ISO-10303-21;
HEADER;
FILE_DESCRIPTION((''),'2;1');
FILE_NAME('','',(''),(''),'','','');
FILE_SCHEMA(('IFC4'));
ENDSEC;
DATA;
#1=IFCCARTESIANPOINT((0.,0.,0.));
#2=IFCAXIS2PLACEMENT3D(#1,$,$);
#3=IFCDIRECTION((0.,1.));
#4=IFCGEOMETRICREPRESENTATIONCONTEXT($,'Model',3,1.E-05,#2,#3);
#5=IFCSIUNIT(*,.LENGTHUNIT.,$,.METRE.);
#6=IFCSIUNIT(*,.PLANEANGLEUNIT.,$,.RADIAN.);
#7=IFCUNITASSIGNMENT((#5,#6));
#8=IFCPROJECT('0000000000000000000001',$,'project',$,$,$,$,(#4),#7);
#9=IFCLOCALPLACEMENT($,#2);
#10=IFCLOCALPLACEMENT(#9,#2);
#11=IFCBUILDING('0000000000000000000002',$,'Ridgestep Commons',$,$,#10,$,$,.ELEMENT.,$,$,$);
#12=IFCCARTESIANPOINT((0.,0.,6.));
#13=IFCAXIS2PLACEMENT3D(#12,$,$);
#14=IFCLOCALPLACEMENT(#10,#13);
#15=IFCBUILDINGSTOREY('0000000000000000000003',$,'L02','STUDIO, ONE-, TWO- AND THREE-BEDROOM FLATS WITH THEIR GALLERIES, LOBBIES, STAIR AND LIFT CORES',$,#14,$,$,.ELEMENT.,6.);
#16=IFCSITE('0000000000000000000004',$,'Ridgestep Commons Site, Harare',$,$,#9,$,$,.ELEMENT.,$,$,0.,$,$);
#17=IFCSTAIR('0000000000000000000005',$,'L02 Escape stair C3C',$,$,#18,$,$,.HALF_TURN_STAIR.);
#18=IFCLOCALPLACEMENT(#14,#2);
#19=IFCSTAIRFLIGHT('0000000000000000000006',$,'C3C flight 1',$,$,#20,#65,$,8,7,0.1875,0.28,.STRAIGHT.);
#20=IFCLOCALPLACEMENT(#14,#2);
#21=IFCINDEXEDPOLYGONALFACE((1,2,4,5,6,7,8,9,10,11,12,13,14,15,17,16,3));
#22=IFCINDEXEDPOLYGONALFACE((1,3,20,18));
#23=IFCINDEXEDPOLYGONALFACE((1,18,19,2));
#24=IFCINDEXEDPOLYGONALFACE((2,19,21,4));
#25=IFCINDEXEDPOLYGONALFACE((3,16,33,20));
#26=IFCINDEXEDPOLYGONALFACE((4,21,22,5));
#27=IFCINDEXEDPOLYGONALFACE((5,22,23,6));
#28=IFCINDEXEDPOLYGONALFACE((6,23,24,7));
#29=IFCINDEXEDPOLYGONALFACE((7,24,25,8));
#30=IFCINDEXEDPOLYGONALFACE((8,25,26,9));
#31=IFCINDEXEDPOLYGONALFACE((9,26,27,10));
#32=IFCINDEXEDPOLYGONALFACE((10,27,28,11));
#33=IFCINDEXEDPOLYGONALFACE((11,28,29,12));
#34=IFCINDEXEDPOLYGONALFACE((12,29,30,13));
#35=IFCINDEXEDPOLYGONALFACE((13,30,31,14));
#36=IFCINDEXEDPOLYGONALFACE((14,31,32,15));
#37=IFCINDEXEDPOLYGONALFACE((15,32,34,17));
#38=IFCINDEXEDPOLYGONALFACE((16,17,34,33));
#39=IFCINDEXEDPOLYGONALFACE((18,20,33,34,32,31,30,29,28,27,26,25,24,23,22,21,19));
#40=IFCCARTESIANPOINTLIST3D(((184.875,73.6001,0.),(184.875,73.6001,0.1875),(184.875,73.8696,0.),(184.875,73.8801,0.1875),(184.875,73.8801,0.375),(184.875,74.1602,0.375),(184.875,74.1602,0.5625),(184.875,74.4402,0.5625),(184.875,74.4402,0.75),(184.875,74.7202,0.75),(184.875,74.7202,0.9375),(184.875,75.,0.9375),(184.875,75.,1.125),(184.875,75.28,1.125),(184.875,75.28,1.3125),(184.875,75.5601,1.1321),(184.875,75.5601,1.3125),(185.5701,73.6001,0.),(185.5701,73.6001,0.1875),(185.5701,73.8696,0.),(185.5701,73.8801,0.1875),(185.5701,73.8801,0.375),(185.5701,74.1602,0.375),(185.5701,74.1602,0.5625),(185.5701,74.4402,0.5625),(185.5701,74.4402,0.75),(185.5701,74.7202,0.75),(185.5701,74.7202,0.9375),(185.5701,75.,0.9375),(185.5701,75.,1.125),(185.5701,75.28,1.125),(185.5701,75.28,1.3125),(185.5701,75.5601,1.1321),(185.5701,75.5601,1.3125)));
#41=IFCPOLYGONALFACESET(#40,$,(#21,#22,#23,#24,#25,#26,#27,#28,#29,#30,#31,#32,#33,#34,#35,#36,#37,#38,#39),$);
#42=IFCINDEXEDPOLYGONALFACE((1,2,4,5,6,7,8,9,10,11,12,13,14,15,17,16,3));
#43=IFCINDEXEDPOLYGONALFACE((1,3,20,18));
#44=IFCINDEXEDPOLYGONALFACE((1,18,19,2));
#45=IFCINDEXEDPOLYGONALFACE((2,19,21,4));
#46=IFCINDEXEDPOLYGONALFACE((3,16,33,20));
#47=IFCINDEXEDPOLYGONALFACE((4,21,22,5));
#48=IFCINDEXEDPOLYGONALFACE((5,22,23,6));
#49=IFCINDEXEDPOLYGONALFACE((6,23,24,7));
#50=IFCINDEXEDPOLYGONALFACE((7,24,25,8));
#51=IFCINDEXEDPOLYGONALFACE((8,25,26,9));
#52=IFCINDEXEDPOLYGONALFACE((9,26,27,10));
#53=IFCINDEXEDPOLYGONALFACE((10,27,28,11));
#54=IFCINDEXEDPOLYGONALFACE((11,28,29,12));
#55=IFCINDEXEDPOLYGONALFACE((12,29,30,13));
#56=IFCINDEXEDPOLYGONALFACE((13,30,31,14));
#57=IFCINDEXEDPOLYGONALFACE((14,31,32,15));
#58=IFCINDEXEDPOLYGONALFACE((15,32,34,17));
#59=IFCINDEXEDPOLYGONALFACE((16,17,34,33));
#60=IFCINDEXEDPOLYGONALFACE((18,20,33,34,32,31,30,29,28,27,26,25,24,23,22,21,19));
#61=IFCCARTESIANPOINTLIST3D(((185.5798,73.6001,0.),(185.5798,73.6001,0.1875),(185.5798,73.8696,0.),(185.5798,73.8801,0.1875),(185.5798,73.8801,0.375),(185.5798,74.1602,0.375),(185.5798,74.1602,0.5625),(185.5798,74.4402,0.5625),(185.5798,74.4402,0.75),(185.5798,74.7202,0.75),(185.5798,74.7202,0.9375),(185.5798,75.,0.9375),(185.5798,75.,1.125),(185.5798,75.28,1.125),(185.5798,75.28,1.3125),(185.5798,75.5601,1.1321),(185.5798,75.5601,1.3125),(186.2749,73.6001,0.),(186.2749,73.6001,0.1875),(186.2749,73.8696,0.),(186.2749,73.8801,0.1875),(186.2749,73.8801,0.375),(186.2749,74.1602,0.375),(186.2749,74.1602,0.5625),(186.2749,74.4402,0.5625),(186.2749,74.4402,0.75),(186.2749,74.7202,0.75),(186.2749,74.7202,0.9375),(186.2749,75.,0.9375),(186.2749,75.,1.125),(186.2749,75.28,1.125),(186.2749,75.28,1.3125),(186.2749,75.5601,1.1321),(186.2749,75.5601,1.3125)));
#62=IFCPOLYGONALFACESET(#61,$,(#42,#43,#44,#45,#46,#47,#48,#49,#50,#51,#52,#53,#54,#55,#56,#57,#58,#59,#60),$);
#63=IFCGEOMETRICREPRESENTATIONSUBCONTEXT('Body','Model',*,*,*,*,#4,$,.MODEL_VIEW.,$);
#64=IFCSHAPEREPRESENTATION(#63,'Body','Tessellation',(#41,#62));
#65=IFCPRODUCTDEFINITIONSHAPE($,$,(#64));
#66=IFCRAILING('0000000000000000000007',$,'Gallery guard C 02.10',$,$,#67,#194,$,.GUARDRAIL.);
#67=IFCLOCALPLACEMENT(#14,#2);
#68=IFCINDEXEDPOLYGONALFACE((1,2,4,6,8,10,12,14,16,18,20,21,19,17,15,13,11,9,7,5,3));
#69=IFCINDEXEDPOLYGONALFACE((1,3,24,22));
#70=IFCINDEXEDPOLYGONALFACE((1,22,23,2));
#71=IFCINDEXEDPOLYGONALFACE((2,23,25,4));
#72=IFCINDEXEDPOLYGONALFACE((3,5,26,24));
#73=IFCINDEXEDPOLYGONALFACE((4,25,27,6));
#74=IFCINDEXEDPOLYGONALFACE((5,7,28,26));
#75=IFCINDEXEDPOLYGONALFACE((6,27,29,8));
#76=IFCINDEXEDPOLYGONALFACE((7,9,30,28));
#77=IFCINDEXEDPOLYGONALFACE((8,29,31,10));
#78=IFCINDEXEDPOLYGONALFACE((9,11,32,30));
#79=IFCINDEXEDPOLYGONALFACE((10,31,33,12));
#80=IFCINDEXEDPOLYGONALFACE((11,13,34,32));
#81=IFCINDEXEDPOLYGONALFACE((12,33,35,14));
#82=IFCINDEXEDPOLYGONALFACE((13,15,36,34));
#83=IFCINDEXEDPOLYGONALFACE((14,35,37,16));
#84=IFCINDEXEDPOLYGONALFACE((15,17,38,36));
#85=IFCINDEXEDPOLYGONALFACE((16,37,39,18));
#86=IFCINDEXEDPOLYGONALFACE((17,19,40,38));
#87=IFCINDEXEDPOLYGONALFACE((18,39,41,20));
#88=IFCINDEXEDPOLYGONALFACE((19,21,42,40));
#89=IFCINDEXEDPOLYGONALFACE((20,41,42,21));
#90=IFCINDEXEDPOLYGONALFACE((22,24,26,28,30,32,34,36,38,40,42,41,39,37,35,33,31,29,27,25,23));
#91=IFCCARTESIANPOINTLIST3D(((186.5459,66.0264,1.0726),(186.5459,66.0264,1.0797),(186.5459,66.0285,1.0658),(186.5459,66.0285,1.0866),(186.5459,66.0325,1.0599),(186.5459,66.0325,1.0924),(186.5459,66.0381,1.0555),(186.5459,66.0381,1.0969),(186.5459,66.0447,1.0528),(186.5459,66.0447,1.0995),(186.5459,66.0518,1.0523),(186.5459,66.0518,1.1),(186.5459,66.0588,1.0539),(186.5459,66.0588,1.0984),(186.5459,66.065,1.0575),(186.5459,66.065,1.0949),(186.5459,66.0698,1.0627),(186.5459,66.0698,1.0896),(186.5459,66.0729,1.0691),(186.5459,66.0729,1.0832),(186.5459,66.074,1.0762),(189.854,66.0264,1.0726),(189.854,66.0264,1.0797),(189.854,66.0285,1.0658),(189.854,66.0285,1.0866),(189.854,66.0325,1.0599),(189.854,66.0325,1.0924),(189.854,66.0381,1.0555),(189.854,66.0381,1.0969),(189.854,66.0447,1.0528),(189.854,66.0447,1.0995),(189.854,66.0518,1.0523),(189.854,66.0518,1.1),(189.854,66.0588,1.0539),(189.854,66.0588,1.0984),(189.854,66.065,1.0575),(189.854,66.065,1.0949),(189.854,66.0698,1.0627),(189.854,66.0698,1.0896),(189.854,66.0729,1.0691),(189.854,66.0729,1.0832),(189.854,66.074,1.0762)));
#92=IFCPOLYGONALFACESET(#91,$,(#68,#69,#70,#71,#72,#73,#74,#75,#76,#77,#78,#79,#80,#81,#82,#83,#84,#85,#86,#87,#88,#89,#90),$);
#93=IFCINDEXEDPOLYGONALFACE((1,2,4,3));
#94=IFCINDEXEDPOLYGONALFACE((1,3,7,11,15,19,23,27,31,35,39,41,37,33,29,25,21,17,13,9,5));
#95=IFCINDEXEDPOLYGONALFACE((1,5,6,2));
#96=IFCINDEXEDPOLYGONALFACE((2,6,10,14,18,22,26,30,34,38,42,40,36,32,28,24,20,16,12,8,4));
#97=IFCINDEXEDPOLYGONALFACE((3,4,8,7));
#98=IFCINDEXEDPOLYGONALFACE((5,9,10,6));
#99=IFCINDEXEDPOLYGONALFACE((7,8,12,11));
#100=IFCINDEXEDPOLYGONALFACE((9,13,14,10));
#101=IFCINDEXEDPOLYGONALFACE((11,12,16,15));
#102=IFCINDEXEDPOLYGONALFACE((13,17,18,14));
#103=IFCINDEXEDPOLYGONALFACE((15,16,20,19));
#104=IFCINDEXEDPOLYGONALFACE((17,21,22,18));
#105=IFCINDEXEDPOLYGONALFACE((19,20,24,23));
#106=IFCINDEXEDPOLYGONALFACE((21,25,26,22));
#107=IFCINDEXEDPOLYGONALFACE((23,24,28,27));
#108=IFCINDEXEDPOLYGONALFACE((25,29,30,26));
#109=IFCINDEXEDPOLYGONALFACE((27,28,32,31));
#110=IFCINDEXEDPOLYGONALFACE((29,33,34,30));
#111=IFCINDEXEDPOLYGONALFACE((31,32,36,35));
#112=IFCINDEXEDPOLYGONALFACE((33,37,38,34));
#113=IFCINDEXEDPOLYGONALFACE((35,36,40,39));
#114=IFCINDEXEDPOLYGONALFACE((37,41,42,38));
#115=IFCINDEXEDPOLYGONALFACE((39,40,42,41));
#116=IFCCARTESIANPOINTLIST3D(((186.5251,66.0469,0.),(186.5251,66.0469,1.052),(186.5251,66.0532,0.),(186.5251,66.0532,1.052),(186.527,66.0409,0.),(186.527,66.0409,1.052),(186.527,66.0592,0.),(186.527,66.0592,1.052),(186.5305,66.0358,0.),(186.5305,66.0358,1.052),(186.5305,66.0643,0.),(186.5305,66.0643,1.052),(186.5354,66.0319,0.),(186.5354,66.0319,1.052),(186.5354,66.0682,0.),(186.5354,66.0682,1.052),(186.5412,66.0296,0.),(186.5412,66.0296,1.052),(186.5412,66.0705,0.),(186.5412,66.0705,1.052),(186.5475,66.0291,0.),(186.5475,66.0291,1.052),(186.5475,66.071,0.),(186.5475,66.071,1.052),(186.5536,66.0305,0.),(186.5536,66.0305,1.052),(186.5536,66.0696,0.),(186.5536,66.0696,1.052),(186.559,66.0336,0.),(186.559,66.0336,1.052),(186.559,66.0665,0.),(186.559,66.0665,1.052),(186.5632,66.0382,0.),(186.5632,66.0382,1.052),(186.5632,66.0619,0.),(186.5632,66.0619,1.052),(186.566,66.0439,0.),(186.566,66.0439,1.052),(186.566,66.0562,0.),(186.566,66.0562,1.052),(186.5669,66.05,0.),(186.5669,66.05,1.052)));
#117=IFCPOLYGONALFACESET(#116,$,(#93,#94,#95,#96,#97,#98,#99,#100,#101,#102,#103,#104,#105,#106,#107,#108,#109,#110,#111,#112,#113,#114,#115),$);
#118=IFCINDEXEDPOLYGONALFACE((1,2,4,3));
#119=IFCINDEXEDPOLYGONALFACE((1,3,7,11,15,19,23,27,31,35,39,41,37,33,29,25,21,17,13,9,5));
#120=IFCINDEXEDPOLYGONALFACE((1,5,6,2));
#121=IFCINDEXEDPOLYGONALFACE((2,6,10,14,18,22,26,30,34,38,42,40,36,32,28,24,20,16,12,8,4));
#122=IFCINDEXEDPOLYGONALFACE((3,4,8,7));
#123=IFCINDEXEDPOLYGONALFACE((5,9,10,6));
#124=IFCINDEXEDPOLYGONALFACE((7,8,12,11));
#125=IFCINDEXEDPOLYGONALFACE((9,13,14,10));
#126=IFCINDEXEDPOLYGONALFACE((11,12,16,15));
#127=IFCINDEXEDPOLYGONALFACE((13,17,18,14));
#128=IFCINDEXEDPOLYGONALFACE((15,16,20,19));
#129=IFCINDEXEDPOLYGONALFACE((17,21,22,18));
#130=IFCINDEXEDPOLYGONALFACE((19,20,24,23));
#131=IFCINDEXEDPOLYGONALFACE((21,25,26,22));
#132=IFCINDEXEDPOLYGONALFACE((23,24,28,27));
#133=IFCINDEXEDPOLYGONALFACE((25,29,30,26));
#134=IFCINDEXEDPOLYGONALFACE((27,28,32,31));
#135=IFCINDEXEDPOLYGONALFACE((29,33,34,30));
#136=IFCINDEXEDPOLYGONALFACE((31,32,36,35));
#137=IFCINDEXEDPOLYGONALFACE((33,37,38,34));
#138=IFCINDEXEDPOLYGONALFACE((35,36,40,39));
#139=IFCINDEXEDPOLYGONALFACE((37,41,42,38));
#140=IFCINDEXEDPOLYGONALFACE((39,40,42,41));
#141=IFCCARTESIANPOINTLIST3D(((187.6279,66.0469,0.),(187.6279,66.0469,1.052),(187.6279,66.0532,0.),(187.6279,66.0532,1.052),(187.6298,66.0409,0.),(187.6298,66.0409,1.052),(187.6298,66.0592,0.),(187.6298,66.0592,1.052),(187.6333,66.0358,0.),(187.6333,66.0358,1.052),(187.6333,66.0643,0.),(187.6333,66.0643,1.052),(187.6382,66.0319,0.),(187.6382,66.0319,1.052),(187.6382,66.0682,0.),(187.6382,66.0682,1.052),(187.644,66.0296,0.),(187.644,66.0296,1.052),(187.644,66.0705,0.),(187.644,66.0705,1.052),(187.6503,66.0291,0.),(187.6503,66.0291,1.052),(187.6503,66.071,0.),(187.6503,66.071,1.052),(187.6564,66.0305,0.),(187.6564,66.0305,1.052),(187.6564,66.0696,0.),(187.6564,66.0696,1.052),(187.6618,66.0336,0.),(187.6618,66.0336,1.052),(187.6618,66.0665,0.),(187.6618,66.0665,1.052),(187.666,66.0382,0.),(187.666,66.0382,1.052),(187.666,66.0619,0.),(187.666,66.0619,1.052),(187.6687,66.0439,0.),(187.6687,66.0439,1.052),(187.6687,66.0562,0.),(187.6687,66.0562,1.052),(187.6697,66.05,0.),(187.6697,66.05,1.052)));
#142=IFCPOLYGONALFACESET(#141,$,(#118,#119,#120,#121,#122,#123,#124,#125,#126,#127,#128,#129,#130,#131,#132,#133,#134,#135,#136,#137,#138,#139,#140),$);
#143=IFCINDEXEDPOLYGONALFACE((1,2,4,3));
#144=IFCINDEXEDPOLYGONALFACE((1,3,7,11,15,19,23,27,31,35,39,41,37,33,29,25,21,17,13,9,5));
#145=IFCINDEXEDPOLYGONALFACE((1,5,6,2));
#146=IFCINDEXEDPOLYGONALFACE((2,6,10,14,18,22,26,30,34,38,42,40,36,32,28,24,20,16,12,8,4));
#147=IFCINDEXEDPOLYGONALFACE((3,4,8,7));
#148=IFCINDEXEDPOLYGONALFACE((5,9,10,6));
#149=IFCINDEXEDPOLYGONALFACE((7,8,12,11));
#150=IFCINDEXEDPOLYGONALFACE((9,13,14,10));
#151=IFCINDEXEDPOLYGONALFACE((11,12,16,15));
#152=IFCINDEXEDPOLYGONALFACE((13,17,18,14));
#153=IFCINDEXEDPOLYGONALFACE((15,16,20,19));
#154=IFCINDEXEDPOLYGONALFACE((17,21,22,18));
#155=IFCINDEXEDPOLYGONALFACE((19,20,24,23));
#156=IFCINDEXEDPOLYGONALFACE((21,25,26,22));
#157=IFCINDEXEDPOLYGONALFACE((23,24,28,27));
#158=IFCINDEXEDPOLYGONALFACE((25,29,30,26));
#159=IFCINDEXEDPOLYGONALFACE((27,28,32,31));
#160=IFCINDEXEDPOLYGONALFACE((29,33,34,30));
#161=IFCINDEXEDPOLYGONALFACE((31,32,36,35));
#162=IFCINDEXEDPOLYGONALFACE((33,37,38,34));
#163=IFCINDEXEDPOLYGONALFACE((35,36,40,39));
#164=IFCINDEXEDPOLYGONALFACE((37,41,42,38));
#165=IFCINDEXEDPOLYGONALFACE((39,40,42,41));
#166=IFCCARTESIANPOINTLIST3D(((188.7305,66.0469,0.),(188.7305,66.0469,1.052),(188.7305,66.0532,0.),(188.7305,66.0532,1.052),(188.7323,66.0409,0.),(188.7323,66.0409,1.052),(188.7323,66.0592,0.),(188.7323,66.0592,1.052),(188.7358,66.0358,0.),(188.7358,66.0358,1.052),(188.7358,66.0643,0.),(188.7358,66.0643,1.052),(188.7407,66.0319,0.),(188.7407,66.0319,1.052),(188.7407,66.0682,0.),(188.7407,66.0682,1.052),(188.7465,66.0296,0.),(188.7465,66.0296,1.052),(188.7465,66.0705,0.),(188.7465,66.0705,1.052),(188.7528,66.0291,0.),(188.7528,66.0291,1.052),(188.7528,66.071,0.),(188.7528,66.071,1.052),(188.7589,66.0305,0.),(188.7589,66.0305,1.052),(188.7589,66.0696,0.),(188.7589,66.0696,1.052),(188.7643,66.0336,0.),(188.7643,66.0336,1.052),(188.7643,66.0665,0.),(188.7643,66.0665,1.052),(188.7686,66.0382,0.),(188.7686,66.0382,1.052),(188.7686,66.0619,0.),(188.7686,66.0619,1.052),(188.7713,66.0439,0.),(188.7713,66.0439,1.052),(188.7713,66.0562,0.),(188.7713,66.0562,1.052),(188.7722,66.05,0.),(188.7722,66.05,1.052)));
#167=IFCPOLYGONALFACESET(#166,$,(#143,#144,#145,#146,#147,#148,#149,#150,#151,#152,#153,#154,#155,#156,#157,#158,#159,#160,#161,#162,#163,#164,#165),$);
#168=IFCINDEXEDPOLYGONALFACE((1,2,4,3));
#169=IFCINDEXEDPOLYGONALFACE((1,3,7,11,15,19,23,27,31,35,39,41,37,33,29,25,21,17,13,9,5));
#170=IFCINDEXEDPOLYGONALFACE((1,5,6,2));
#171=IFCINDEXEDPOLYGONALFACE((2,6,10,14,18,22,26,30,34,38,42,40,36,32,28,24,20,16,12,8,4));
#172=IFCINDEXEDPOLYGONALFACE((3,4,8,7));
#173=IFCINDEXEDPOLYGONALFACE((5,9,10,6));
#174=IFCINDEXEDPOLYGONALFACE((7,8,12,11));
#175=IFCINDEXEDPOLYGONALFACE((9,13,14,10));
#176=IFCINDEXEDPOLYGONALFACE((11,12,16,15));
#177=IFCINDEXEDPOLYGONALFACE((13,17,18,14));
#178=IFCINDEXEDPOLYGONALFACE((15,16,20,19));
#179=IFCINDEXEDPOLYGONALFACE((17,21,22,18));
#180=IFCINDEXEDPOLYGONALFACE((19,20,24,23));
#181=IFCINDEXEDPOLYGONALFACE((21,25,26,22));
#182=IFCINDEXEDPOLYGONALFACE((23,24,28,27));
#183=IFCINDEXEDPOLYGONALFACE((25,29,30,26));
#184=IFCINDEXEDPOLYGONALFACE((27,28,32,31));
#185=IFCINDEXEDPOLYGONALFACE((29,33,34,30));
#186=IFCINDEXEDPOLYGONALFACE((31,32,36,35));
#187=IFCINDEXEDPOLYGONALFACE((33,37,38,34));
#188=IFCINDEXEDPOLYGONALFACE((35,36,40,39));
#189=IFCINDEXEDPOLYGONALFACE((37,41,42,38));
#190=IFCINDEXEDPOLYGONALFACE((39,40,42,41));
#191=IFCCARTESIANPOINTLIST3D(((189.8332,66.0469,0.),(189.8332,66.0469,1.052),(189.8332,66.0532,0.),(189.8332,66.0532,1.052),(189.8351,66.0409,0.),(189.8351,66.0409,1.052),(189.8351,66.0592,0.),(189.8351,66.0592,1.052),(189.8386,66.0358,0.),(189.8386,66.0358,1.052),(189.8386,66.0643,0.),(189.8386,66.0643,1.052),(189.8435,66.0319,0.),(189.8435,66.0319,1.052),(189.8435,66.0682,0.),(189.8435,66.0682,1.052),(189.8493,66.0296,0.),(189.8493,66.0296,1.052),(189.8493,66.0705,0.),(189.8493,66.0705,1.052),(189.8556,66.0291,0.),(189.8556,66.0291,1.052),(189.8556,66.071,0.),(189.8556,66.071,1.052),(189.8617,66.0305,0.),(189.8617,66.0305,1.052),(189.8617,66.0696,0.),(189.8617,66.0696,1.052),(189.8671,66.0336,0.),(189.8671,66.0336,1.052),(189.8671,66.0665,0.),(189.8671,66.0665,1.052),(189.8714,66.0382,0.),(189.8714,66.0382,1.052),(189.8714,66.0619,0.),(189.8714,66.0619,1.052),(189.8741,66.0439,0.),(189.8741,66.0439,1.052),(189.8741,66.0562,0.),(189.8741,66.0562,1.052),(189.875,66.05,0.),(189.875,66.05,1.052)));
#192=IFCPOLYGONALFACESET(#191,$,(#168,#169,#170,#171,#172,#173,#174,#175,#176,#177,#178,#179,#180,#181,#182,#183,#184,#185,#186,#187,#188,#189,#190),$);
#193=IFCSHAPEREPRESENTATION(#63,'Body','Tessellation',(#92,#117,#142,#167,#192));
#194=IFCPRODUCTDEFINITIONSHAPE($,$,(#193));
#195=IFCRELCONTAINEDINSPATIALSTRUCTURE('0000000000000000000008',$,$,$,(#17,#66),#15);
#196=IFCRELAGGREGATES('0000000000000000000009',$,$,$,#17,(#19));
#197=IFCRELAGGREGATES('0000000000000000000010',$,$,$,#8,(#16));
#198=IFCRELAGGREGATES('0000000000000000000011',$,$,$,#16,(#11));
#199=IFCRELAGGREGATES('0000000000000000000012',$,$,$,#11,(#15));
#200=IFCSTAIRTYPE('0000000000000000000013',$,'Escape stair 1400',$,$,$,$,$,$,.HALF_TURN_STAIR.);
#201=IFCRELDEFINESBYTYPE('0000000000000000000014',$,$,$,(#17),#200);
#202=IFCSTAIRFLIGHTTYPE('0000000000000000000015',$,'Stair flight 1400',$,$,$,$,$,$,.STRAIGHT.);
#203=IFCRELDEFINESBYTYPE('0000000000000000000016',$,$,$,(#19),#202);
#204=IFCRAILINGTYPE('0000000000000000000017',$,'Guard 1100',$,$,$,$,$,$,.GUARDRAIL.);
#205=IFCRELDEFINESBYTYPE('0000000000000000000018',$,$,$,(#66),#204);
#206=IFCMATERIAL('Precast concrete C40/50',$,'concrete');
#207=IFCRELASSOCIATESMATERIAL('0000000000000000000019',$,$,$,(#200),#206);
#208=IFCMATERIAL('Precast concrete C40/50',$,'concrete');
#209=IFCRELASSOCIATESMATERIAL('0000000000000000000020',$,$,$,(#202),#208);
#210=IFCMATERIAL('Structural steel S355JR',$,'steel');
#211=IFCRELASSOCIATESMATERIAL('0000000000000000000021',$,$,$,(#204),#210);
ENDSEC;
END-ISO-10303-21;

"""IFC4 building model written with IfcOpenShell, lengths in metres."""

from ifc_helpers import new_model, si_unit, direction, frame, origin, origin_2d, place, context, subcontext, project, spatial, polyline, circle, outline, extrude, material, type_object, element, aggregate, save


model = new_model("IFC4")

# Units and contexts
model_context = context("Model", 3, precision=1e-05, world=origin(), true_north=direction((0.0, 1.0)))
body_context = subcontext(model_context, "Body", "Model", "MODEL_VIEW")
ifc_project = project(units=[si_unit("LENGTHUNIT", "METRE"), si_unit("PLANEANGLEUNIT", "RADIAN")], contexts=[model_context])

# Site, building, storey
site_placement = place(None, origin())
site = spatial("IfcSite", under=ifc_project, at=site_placement, Name="Ridgestep Commons Site, Harare", CompositionType="ELEMENT", RefElevation=0.0)
building_placement = place(site_placement, origin())
building = spatial("IfcBuilding", under=site, at=building_placement, Name="Ridgestep Commons", CompositionType="ELEMENT")
storey_placement = place(building_placement, frame((0.0, 0.0, 6.0)))
storey = spatial("IfcBuildingStorey", under=building, at=storey_placement, Name="L02", Description="STUDIO, ONE-, TWO- AND THREE-BEDROOM FLATS WITH THEIR GALLERIES, LOBBIES, STAIR AND LIFT CORES", CompositionType="ELEMENT", Elevation=6.0)

# Stair, stair flight
ifc_material_1 = material(Name="Precast concrete C40/50", Category="concrete")
stair_type = type_object("IfcStairType", Name="Escape stair 1400", PredefinedType="HALF_TURN_STAIR", material=ifc_material_1)
stair_placement = place(storey_placement, origin())
stair = element("IfcStair", 1, at=stair_placement, inside=storey, type_object=stair_type, Name="L02 Escape stair C3C", PredefinedType="HALF_TURN_STAIR")
ifc_material_2 = material(Name="Precast concrete C40/50", Category="concrete")
stair_flight_type = type_object("IfcStairFlightType", Name="Stair flight 1400", PredefinedType="STRAIGHT", material=ifc_material_2)
stair_flight_placement = place(storey_placement, frame((185.575, 73.6001, 0.0), z_axis=(0.0, 0.0, 1.0), x_axis=(0.0, 1.0, 0.0)))
stair_flight = element("IfcStairFlight", 2, at=stair_flight_placement, type_object=stair_flight_type, Name="C3C flight 1", NumberOfRisers=8, NumberOfTreads=7, PredefinedType="STRAIGHT", RiserHeight=0.1875, TreadLength=0.28, context=body_context, shape_type="SweptSolid", body=[
    extrude(outline(polyline([(0.0, 0.0), (0.0, 0.1875), (0.28, 0.1875), (0.28, 0.375), (0.5601, 0.375), (0.5601, 0.5625), (0.8401, 0.5625), (0.8401, 0.75), (1.1201, 0.75), (1.1201, 0.9375), (1.3999, 0.9375), (1.3999, 1.125), (1.6799, 1.125), (1.6799, 1.3125), (1.96, 1.3125), (1.96, 1.5), (1.96, 1.1321), (0.2695, 0.0), (0.0, 0.0)])), frame((0.0, 0.7, 0.0), z_axis=(0.0, -1.0, 0.0), x_axis=(1.0, 0.0, 0.0)), (0.0, 0.0, 1.0), 0.6951),
    extrude(outline(polyline([(0.0, 0.0), (0.0, 0.1875), (0.28, 0.1875), (0.28, 0.375), (0.5601, 0.375), (0.5601, 0.5625), (0.8401, 0.5625), (0.8401, 0.75), (1.1201, 0.75), (1.1201, 0.9375), (1.3999, 0.9375), (1.3999, 1.125), (1.6799, 1.125), (1.6799, 1.3125), (1.96, 1.3125), (1.96, 1.5), (1.96, 1.1321), (0.2695, 0.0), (0.0, 0.0)])), frame((0.0, -0.0049, 0.0), z_axis=(0.0, -1.0, 0.0), x_axis=(1.0, 0.0, 0.0)), (0.0, 0.0, 1.0), 0.6951),
])
aggregate(stair, [stair_flight])

# Railing
ifc_material_3 = material(Name="Structural steel S355JR", Category="steel")
railing_type_1 = type_object("IfcRailingType", Name="Guard 1100", PredefinedType="GUARDRAIL", material=ifc_material_3)
railing_1_placement = place(storey_placement, frame((186.5459, 66.05, 0.0)))
element("IfcRailing", 3, at=railing_1_placement, inside=storey, type_object=railing_type_1, Name="Gallery guard C 02.10", PredefinedType="GUARDRAIL", context=body_context, shape_type="SweptSolid", body=[
    extrude(circle(Radius=0.0239, at=origin_2d()), frame((0.0, 0.0, 1.0762), z_axis=(1.0, 0.0, 0.0), x_axis=(0.0, 1.0, 0.0)), (0.0, 0.0, 1.0), 3.3081),
    extrude(circle(Radius=0.021, at=origin_2d()), origin(), (0.0, 0.0, 1.0), 1.052),
    extrude(circle(Radius=0.021, at=origin_2d()), frame((1.1028, 0.0, 0.0)), (0.0, 0.0, 1.0), 1.052),
    extrude(circle(Radius=0.021, at=origin_2d()), frame((2.2053, 0.0, 0.0)), (0.0, 0.0, 1.0), 1.052),
    extrude(circle(Radius=0.021, at=origin_2d()), frame((3.3081, 0.0, 0.0)), (0.0, 0.0, 1.0), 1.052),
])

save(model, "model.ifc")
